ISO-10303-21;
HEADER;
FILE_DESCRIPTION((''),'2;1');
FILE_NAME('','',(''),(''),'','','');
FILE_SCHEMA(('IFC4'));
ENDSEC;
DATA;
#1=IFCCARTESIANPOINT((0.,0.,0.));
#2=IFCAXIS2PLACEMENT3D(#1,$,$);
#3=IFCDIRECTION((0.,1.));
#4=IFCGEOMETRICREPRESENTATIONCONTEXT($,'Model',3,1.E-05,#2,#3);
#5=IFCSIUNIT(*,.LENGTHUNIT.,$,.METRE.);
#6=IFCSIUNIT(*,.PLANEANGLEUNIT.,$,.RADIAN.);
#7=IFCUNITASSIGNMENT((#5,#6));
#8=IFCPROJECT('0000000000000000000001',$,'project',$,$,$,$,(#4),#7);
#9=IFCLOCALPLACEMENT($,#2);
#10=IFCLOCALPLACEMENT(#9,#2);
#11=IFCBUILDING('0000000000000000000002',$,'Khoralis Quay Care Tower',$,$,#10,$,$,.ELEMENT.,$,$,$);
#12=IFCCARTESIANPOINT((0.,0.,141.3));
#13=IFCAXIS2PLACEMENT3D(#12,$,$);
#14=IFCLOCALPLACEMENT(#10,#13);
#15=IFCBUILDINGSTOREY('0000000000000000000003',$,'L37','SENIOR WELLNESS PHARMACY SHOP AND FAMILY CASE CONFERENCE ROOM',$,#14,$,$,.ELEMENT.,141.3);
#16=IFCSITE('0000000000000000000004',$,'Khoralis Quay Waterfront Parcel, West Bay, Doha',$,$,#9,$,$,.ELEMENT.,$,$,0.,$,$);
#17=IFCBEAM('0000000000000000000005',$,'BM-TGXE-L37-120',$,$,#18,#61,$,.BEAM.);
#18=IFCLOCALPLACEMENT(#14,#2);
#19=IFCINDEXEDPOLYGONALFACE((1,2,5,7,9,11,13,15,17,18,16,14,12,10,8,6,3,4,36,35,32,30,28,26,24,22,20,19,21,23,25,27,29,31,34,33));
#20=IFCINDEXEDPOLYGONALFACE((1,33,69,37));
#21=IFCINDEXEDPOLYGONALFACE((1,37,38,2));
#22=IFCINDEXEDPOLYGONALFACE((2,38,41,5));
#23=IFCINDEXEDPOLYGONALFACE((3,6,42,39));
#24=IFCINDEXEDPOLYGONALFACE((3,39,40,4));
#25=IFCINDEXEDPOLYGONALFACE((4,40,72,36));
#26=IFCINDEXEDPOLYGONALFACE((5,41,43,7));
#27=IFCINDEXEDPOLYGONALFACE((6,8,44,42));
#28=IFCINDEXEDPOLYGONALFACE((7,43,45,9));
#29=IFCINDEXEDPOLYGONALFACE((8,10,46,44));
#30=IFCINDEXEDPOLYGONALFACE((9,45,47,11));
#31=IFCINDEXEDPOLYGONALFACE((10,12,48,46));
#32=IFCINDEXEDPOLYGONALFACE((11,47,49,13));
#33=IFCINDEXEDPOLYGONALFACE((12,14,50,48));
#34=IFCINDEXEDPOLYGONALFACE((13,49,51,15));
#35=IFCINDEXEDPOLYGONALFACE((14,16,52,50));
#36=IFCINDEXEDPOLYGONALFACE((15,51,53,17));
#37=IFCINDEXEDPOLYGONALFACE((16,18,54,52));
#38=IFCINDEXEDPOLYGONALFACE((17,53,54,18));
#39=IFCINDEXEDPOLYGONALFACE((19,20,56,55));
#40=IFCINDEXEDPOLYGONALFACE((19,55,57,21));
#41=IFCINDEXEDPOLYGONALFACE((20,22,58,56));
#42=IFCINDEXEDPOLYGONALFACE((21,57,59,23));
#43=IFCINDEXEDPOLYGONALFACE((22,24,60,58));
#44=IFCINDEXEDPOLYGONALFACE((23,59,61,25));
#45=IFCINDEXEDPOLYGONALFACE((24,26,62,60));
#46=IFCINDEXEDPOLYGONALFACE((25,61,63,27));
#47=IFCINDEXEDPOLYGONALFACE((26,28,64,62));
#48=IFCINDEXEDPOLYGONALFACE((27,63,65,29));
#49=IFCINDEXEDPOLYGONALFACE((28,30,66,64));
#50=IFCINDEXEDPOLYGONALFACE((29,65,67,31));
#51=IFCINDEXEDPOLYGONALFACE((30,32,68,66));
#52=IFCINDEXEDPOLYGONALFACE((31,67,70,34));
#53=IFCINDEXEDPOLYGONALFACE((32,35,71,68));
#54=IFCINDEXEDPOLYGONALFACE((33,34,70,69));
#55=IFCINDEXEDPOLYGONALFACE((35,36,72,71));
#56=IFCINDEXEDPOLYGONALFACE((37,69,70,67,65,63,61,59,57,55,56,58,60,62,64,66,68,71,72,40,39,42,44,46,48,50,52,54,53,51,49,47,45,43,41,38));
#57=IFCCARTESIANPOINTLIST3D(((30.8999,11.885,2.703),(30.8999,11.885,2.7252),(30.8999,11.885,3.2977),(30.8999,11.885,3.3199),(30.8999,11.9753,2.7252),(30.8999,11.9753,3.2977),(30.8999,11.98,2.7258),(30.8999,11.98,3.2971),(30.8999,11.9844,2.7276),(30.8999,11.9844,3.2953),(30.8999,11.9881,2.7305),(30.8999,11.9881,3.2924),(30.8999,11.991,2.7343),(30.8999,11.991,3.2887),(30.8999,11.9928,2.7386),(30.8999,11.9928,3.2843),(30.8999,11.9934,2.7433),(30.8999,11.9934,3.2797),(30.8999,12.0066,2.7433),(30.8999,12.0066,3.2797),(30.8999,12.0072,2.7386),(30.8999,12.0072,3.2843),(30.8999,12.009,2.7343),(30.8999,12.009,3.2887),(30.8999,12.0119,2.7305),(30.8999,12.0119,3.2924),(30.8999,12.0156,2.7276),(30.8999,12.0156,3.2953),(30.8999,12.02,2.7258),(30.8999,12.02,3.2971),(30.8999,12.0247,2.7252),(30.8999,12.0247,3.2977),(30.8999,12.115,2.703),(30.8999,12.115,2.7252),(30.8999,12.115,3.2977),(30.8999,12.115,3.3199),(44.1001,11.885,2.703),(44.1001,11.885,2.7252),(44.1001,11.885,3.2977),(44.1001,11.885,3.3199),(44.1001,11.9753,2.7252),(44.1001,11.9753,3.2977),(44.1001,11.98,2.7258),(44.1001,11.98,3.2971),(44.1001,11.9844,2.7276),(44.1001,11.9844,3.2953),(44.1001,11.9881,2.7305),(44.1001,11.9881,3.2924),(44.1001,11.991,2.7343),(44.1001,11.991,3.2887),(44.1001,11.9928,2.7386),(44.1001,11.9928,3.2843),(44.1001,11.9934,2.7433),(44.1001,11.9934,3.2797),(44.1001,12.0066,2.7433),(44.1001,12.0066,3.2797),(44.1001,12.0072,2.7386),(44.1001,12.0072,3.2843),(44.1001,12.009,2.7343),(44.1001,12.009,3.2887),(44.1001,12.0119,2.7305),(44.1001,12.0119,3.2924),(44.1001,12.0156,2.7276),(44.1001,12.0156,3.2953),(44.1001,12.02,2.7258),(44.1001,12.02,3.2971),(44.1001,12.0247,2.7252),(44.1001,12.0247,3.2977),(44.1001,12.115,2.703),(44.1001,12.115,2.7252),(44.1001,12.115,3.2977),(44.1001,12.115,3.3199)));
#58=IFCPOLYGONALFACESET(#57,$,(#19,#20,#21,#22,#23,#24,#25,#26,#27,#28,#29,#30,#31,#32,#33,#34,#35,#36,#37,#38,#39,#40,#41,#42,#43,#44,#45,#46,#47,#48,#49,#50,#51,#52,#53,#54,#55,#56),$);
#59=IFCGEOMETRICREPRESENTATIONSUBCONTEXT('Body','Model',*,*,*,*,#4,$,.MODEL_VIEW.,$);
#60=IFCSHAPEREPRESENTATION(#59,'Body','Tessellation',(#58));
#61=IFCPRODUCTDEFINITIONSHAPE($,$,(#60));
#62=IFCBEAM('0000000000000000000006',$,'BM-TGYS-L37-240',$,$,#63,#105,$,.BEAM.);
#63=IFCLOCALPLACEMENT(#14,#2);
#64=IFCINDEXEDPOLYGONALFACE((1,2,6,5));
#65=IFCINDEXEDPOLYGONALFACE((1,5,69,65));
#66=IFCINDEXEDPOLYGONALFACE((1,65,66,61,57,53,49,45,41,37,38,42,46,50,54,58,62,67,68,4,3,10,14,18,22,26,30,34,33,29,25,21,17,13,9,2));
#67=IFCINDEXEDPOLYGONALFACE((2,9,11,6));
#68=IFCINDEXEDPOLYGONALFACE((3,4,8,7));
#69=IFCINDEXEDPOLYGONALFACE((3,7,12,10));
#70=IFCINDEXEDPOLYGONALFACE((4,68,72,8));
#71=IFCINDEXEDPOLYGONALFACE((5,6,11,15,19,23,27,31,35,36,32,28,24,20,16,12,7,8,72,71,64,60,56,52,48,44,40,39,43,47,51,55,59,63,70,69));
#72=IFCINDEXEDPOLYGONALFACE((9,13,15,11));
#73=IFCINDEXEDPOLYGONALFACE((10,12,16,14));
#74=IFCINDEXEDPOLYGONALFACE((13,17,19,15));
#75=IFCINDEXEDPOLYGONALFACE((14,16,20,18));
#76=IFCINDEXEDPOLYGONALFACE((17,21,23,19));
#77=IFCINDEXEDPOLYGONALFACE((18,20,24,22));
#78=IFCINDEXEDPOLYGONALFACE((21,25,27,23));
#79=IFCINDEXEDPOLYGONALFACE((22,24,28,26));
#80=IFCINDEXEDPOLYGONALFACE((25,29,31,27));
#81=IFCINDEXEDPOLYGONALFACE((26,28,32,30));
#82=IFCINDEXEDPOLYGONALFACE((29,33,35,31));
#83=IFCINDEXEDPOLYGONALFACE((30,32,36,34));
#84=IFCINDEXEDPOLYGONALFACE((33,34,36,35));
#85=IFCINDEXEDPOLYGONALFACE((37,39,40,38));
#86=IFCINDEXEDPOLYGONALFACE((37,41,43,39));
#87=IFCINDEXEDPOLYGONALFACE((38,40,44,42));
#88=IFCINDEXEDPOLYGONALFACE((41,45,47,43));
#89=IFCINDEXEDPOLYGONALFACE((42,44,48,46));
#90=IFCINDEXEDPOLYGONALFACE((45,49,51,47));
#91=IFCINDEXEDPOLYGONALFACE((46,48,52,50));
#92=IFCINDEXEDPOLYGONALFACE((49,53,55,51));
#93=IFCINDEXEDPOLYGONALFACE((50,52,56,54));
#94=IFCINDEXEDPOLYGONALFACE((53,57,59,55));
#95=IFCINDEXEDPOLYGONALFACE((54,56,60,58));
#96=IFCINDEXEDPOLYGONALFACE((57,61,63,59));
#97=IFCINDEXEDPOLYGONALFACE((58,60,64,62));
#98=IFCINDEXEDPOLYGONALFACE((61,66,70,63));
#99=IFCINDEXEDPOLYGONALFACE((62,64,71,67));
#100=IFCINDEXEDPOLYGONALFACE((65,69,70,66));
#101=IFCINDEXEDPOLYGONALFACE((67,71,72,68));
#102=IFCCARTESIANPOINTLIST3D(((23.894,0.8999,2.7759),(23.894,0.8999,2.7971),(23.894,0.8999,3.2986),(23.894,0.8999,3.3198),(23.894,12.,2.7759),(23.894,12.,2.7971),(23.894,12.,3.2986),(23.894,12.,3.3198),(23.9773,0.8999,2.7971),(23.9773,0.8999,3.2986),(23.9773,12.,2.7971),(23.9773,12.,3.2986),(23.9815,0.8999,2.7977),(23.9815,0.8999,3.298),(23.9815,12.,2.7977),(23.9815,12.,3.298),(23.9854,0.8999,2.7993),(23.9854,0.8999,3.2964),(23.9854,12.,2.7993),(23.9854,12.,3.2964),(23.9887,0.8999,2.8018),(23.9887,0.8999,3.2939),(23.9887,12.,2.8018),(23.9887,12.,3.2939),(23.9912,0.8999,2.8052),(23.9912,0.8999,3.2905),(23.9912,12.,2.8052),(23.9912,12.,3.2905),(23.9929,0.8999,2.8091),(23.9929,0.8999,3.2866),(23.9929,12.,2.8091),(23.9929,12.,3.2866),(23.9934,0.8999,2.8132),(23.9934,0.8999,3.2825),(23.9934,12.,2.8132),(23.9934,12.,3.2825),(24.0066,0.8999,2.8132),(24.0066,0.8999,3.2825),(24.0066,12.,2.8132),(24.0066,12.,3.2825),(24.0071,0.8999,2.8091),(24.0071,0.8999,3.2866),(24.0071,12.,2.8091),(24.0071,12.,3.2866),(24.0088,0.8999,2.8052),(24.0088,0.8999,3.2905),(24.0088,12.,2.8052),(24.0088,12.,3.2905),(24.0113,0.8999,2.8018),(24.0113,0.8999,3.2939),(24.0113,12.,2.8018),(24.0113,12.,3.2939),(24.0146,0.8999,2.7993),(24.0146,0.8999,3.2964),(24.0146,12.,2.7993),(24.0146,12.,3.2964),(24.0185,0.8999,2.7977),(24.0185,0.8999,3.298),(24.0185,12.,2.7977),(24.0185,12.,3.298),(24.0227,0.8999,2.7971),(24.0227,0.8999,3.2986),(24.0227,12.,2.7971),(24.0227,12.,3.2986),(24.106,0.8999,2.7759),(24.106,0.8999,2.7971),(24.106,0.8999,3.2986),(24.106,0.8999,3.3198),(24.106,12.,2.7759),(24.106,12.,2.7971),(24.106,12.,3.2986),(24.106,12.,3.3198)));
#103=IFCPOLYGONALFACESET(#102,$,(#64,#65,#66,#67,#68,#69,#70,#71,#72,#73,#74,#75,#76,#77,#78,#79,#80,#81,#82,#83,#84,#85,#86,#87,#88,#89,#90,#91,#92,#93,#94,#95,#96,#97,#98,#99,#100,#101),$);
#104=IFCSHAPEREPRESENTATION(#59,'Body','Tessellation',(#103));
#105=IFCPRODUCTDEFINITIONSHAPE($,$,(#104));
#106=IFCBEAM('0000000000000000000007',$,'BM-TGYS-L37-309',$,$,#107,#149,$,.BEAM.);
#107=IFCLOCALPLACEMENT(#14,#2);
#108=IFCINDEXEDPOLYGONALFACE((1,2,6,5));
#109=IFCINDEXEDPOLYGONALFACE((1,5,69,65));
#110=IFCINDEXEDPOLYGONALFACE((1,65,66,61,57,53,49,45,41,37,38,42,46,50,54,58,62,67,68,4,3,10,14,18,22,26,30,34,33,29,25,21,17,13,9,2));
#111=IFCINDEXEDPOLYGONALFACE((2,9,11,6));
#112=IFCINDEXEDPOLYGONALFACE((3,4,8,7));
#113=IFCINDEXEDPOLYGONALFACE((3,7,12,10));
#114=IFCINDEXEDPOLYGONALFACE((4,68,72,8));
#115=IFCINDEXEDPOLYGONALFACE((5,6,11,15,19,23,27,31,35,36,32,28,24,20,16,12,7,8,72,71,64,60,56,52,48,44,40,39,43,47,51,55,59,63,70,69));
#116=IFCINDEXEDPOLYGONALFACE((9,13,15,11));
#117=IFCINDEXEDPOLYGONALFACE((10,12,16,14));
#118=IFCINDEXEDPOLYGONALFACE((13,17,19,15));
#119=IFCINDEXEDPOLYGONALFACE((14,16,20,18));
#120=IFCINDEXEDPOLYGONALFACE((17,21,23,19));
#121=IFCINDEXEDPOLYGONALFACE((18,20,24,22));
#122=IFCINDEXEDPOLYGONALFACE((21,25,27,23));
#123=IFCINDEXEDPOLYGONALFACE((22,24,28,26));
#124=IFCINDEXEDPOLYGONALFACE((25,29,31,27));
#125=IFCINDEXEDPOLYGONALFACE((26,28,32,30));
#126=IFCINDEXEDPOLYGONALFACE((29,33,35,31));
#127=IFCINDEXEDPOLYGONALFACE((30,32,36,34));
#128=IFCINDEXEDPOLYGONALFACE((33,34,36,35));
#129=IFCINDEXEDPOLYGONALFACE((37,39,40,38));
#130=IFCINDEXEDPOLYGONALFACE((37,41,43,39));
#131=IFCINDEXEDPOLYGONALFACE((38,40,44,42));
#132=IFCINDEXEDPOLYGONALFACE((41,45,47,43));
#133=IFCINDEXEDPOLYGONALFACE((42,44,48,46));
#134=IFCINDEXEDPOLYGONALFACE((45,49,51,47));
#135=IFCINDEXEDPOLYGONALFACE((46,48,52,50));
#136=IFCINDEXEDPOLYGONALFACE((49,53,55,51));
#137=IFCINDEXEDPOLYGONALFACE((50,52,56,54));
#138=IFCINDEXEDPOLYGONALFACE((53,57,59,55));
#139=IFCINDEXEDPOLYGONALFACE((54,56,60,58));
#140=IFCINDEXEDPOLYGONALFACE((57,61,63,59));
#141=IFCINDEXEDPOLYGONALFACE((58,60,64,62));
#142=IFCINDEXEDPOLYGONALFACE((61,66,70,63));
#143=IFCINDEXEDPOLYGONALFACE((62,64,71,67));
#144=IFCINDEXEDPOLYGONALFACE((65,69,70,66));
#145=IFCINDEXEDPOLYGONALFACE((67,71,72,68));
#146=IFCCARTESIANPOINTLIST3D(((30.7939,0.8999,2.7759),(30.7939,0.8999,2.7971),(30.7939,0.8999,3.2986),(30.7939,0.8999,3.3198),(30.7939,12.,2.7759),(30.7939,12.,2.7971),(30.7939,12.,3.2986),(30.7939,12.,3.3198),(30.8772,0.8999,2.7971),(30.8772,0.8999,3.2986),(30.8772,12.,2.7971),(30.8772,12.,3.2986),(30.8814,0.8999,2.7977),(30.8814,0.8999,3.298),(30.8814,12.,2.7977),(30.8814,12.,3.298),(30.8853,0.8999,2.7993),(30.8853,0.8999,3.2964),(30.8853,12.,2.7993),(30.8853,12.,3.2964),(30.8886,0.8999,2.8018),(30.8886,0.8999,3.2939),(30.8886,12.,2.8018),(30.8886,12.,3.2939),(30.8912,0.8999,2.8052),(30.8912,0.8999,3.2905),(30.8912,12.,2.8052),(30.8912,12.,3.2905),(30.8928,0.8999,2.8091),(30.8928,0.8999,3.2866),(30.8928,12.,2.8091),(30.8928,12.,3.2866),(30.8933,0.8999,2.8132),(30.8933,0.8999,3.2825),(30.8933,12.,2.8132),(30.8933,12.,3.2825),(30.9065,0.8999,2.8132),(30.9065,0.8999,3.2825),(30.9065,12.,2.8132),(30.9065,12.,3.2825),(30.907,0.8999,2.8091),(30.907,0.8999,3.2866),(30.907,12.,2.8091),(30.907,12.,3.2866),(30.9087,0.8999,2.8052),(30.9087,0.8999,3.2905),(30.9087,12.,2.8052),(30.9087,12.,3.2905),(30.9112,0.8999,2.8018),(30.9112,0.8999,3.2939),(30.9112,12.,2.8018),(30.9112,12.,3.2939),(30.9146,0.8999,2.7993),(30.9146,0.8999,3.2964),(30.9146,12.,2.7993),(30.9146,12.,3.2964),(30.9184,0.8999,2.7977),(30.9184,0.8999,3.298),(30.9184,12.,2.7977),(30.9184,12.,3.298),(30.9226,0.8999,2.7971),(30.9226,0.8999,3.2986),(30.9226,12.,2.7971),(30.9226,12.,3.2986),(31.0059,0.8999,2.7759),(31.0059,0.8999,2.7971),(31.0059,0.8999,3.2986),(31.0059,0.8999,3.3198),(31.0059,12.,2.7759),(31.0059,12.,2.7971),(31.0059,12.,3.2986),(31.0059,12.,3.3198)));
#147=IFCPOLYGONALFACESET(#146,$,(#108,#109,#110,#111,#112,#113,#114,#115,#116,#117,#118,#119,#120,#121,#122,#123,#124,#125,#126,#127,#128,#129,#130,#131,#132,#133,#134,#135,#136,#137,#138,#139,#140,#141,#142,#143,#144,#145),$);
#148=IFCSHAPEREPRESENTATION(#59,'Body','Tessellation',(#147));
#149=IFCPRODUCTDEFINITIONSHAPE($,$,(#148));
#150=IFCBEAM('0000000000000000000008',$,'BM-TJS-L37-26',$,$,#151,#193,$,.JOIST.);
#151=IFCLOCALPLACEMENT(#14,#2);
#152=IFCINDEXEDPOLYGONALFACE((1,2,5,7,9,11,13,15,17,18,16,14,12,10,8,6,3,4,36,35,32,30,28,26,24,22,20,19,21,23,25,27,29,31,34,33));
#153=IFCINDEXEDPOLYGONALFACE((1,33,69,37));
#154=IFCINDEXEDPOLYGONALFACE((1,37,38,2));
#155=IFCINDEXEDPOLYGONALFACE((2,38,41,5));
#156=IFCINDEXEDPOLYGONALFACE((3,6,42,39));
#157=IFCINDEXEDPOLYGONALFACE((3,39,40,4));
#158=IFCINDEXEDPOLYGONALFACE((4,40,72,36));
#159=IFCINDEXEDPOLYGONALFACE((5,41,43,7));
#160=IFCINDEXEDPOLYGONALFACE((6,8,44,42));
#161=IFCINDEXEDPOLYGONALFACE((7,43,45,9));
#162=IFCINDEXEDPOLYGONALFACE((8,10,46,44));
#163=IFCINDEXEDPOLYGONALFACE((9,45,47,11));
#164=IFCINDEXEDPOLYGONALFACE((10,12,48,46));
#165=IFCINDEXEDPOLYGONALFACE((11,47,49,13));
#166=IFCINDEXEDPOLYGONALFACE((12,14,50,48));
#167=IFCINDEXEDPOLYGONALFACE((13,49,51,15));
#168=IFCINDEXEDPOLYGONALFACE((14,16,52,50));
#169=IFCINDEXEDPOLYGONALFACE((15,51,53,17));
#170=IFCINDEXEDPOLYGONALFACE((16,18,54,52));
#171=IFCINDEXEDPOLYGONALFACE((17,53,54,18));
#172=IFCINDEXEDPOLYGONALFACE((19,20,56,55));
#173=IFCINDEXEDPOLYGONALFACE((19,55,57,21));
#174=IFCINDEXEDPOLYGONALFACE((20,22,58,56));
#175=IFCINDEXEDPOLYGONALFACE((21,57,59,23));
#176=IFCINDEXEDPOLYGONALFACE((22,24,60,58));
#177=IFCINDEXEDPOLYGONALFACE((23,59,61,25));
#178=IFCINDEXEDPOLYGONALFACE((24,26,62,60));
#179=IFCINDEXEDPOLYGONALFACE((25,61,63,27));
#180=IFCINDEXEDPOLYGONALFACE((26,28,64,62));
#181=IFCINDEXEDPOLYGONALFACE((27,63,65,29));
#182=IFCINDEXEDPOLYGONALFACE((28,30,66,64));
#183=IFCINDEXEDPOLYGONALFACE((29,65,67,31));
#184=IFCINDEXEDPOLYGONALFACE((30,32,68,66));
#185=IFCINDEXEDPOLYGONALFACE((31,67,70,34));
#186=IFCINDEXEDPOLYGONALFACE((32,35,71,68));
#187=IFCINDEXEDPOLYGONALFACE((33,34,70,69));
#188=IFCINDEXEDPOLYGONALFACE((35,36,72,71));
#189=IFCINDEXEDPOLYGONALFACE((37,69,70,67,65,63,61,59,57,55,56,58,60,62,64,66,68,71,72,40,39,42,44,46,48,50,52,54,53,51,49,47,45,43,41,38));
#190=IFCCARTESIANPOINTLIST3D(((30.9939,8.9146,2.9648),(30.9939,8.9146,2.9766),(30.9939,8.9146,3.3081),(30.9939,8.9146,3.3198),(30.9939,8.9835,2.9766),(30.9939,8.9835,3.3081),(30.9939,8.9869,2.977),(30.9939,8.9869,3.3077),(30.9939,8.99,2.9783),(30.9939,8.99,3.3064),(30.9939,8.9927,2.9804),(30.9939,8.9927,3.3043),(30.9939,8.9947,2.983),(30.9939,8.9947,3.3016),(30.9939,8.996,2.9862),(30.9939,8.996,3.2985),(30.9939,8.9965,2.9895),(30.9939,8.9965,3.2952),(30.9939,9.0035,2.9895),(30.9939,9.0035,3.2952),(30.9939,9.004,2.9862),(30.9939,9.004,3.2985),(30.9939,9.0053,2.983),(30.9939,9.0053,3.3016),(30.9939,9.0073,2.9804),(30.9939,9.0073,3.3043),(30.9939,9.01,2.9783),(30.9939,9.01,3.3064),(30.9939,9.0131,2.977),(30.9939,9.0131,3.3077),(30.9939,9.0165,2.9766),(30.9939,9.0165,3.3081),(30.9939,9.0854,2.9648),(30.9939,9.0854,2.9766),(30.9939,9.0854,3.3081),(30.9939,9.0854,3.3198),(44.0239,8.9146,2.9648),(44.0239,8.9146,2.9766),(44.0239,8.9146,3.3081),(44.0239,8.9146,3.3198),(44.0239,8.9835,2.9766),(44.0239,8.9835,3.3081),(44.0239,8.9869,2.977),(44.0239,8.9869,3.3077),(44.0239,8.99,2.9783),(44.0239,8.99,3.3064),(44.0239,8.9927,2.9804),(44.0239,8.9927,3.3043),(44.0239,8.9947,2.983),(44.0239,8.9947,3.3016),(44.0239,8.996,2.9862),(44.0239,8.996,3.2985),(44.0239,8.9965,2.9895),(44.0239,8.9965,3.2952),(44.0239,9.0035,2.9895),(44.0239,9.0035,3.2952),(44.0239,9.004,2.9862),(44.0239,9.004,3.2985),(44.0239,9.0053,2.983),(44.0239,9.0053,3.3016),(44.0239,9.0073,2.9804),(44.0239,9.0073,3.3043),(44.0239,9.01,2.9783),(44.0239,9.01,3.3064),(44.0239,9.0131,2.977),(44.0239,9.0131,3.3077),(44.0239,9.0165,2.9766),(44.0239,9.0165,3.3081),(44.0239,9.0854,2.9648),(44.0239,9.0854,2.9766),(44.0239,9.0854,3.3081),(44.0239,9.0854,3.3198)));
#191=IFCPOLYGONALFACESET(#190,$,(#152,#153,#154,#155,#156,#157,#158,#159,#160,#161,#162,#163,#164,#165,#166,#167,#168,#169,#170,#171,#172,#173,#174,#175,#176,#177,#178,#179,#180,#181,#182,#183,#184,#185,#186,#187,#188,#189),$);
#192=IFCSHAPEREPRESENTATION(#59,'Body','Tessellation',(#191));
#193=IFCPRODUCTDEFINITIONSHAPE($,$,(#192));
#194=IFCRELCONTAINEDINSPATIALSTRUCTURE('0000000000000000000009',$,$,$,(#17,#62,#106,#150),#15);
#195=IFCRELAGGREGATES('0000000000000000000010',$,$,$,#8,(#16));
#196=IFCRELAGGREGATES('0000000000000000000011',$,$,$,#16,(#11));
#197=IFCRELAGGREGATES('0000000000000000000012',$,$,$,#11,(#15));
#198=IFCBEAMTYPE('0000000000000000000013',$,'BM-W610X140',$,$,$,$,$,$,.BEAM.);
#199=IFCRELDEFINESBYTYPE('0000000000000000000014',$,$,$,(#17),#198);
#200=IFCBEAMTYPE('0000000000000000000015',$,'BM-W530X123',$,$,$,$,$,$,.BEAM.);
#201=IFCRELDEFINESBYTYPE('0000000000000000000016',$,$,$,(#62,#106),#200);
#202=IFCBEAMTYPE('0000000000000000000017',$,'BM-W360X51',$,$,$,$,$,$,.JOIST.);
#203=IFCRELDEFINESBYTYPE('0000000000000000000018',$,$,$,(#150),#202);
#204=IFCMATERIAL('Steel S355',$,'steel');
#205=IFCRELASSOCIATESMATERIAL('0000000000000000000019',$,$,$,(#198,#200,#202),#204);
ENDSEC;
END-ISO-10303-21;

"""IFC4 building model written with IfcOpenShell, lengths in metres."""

from ifc_helpers import new_model, si_unit, direction, frame, origin, origin_2d, place, context, subcontext, project, spatial, i_section, extrude, source, transform, mapped, material, material_profile, profile_set, type_object, element, save


model = new_model("IFC4")

# Units and contexts
model_context = context("Model", 3, precision=1e-05, world=origin(), true_north=direction((0.0, 1.0)))
body_context = subcontext(model_context, "Body", "Model", "MODEL_VIEW")
ifc_project = project(units=[si_unit("LENGTHUNIT", "METRE"), si_unit("PLANEANGLEUNIT", "RADIAN")], contexts=[model_context])

# Site, building, storey
site_placement = place(None, origin())
site = spatial("IfcSite", under=ifc_project, at=site_placement, Name="Khoralis Quay Waterfront Parcel, West Bay, Doha", CompositionType="ELEMENT", RefElevation=0.0)
building_placement = place(site_placement, origin())
building = spatial("IfcBuilding", under=site, at=building_placement, Name="Khoralis Quay Care Tower", CompositionType="ELEMENT")
storey_placement = place(building_placement, frame((0.0, 0.0, 141.3)))
storey = spatial("IfcBuildingStorey", under=building, at=storey_placement, Name="L37", Description="SENIOR WELLNESS PHARMACY SHOP AND FAMILY CASE CONFERENCE ROOM", CompositionType="ELEMENT", Elevation=141.3)

# Beams
ifc_material_1 = material(Name="Steel S355", Category="steel")
ifc_material_profile_1 = material_profile(ifc_material_1, i_section(OverallWidth=0.23, OverallDepth=0.6169, WebThickness=0.0132, FlangeThickness=0.0222, FilletRadius=0.0181, at=origin_2d()), Name="Steel S355")
ifc_profile_set_1 = profile_set([ifc_material_profile_1], Name="Steel S355")
beam_type_1 = type_object("IfcBeamType", Name="BM-W610X140", PredefinedType="BEAM", material=ifc_profile_set_1)
shared_shape_1 = source(origin(), body_context, "Body", "SweptSolid", [
    extrude(i_section(OverallWidth=0.23, OverallDepth=0.6169, WebThickness=0.0132, FlangeThickness=0.0222, FilletRadius=0.0181, at=origin_2d()), origin(), (0.0, 0.0, 1.0), 13.2002),
])
beam_1_placement = place(storey_placement, frame((30.8999, 12.0, 3.0115), z_axis=(1.0, 0.0, 0.0), x_axis=(0.0, 1.0, 0.0)))
element("IfcBeam", 1, at=beam_1_placement, inside=storey, type_object=beam_type_1, Name="BM-TGXE-L37-120", PredefinedType="BEAM", context=body_context, shape_type="MappedRepresentation", body=[
    mapped(shared_shape_1, transform((0.0, 0.0, 0.0), scale=1.0)),
])
ifc_material_profile_2 = material_profile(ifc_material_1, i_section(OverallWidth=0.2119, OverallDepth=0.5439, WebThickness=0.0132, FlangeThickness=0.0212, FilletRadius=0.0161, at=origin_2d()), Name="Steel S355")
ifc_profile_set_2 = profile_set([ifc_material_profile_2], Name="Steel S355")
beam_type_2 = type_object("IfcBeamType", Name="BM-W530X123", PredefinedType="BEAM", material=ifc_profile_set_2)
shared_shape_2 = source(origin(), body_context, "Body", "SweptSolid", [
    extrude(i_section(OverallWidth=0.2119, OverallDepth=0.5439, WebThickness=0.0132, FlangeThickness=0.0212, FilletRadius=0.0161, at=origin_2d()), origin(), (0.0, 0.0, 1.0), 11.1001),
])
for number, where, z_axis, x_axis, name in (
    (2, (24.0, 0.8999, 3.0479), (0.0, 1.0, 0.0), (-1.0, 0.0, 0.0), "BM-TGYS-L37-240"),
    (3, (30.8999, 0.8999, 3.0479), (0.0, 1.0, 0.0), (-1.0, 0.0, 0.0), "BM-TGYS-L37-309"),
):
    element("IfcBeam", number, at=place(storey_placement, frame(where, z_axis=z_axis, x_axis=x_axis)), inside=storey, type_object=beam_type_2, Name=name, PredefinedType="BEAM", context=body_context, shape_type="MappedRepresentation", body=[
        mapped(shared_shape_2, transform((0.0, 0.0, 0.0), scale=1.0)),
    ])
ifc_material_profile_3 = material_profile(ifc_material_1, i_section(OverallWidth=0.1709, OverallDepth=0.355, WebThickness=0.0071, FlangeThickness=0.0117, FilletRadius=0.0129, at=origin_2d()), Name="Steel S355")
ifc_profile_set_3 = profile_set([ifc_material_profile_3], Name="Steel S355")
beam_type_3 = type_object("IfcBeamType", Name="BM-W360X51", PredefinedType="JOIST", material=ifc_profile_set_3)
shared_shape_3 = source(origin(), body_context, "Body", "SweptSolid", [
    extrude(i_section(OverallWidth=0.1709, OverallDepth=0.355, WebThickness=0.0071, FlangeThickness=0.0117, FilletRadius=0.0129, at=origin_2d()), origin(), (0.0, 0.0, 1.0), 13.03),
])
beam_2_placement = place(storey_placement, frame((30.9939, 9.0, 3.1423), z_axis=(1.0, 0.0, 0.0), x_axis=(0.0, 1.0, 0.0)))
element("IfcBeam", 4, at=beam_2_placement, inside=storey, type_object=beam_type_3, Name="BM-TJS-L37-26", PredefinedType="JOIST", context=body_context, shape_type="MappedRepresentation", body=[
    mapped(shared_shape_3, transform((0.0, 0.0, 0.0), scale=1.0)),
])

save(model, "model.ifc")
